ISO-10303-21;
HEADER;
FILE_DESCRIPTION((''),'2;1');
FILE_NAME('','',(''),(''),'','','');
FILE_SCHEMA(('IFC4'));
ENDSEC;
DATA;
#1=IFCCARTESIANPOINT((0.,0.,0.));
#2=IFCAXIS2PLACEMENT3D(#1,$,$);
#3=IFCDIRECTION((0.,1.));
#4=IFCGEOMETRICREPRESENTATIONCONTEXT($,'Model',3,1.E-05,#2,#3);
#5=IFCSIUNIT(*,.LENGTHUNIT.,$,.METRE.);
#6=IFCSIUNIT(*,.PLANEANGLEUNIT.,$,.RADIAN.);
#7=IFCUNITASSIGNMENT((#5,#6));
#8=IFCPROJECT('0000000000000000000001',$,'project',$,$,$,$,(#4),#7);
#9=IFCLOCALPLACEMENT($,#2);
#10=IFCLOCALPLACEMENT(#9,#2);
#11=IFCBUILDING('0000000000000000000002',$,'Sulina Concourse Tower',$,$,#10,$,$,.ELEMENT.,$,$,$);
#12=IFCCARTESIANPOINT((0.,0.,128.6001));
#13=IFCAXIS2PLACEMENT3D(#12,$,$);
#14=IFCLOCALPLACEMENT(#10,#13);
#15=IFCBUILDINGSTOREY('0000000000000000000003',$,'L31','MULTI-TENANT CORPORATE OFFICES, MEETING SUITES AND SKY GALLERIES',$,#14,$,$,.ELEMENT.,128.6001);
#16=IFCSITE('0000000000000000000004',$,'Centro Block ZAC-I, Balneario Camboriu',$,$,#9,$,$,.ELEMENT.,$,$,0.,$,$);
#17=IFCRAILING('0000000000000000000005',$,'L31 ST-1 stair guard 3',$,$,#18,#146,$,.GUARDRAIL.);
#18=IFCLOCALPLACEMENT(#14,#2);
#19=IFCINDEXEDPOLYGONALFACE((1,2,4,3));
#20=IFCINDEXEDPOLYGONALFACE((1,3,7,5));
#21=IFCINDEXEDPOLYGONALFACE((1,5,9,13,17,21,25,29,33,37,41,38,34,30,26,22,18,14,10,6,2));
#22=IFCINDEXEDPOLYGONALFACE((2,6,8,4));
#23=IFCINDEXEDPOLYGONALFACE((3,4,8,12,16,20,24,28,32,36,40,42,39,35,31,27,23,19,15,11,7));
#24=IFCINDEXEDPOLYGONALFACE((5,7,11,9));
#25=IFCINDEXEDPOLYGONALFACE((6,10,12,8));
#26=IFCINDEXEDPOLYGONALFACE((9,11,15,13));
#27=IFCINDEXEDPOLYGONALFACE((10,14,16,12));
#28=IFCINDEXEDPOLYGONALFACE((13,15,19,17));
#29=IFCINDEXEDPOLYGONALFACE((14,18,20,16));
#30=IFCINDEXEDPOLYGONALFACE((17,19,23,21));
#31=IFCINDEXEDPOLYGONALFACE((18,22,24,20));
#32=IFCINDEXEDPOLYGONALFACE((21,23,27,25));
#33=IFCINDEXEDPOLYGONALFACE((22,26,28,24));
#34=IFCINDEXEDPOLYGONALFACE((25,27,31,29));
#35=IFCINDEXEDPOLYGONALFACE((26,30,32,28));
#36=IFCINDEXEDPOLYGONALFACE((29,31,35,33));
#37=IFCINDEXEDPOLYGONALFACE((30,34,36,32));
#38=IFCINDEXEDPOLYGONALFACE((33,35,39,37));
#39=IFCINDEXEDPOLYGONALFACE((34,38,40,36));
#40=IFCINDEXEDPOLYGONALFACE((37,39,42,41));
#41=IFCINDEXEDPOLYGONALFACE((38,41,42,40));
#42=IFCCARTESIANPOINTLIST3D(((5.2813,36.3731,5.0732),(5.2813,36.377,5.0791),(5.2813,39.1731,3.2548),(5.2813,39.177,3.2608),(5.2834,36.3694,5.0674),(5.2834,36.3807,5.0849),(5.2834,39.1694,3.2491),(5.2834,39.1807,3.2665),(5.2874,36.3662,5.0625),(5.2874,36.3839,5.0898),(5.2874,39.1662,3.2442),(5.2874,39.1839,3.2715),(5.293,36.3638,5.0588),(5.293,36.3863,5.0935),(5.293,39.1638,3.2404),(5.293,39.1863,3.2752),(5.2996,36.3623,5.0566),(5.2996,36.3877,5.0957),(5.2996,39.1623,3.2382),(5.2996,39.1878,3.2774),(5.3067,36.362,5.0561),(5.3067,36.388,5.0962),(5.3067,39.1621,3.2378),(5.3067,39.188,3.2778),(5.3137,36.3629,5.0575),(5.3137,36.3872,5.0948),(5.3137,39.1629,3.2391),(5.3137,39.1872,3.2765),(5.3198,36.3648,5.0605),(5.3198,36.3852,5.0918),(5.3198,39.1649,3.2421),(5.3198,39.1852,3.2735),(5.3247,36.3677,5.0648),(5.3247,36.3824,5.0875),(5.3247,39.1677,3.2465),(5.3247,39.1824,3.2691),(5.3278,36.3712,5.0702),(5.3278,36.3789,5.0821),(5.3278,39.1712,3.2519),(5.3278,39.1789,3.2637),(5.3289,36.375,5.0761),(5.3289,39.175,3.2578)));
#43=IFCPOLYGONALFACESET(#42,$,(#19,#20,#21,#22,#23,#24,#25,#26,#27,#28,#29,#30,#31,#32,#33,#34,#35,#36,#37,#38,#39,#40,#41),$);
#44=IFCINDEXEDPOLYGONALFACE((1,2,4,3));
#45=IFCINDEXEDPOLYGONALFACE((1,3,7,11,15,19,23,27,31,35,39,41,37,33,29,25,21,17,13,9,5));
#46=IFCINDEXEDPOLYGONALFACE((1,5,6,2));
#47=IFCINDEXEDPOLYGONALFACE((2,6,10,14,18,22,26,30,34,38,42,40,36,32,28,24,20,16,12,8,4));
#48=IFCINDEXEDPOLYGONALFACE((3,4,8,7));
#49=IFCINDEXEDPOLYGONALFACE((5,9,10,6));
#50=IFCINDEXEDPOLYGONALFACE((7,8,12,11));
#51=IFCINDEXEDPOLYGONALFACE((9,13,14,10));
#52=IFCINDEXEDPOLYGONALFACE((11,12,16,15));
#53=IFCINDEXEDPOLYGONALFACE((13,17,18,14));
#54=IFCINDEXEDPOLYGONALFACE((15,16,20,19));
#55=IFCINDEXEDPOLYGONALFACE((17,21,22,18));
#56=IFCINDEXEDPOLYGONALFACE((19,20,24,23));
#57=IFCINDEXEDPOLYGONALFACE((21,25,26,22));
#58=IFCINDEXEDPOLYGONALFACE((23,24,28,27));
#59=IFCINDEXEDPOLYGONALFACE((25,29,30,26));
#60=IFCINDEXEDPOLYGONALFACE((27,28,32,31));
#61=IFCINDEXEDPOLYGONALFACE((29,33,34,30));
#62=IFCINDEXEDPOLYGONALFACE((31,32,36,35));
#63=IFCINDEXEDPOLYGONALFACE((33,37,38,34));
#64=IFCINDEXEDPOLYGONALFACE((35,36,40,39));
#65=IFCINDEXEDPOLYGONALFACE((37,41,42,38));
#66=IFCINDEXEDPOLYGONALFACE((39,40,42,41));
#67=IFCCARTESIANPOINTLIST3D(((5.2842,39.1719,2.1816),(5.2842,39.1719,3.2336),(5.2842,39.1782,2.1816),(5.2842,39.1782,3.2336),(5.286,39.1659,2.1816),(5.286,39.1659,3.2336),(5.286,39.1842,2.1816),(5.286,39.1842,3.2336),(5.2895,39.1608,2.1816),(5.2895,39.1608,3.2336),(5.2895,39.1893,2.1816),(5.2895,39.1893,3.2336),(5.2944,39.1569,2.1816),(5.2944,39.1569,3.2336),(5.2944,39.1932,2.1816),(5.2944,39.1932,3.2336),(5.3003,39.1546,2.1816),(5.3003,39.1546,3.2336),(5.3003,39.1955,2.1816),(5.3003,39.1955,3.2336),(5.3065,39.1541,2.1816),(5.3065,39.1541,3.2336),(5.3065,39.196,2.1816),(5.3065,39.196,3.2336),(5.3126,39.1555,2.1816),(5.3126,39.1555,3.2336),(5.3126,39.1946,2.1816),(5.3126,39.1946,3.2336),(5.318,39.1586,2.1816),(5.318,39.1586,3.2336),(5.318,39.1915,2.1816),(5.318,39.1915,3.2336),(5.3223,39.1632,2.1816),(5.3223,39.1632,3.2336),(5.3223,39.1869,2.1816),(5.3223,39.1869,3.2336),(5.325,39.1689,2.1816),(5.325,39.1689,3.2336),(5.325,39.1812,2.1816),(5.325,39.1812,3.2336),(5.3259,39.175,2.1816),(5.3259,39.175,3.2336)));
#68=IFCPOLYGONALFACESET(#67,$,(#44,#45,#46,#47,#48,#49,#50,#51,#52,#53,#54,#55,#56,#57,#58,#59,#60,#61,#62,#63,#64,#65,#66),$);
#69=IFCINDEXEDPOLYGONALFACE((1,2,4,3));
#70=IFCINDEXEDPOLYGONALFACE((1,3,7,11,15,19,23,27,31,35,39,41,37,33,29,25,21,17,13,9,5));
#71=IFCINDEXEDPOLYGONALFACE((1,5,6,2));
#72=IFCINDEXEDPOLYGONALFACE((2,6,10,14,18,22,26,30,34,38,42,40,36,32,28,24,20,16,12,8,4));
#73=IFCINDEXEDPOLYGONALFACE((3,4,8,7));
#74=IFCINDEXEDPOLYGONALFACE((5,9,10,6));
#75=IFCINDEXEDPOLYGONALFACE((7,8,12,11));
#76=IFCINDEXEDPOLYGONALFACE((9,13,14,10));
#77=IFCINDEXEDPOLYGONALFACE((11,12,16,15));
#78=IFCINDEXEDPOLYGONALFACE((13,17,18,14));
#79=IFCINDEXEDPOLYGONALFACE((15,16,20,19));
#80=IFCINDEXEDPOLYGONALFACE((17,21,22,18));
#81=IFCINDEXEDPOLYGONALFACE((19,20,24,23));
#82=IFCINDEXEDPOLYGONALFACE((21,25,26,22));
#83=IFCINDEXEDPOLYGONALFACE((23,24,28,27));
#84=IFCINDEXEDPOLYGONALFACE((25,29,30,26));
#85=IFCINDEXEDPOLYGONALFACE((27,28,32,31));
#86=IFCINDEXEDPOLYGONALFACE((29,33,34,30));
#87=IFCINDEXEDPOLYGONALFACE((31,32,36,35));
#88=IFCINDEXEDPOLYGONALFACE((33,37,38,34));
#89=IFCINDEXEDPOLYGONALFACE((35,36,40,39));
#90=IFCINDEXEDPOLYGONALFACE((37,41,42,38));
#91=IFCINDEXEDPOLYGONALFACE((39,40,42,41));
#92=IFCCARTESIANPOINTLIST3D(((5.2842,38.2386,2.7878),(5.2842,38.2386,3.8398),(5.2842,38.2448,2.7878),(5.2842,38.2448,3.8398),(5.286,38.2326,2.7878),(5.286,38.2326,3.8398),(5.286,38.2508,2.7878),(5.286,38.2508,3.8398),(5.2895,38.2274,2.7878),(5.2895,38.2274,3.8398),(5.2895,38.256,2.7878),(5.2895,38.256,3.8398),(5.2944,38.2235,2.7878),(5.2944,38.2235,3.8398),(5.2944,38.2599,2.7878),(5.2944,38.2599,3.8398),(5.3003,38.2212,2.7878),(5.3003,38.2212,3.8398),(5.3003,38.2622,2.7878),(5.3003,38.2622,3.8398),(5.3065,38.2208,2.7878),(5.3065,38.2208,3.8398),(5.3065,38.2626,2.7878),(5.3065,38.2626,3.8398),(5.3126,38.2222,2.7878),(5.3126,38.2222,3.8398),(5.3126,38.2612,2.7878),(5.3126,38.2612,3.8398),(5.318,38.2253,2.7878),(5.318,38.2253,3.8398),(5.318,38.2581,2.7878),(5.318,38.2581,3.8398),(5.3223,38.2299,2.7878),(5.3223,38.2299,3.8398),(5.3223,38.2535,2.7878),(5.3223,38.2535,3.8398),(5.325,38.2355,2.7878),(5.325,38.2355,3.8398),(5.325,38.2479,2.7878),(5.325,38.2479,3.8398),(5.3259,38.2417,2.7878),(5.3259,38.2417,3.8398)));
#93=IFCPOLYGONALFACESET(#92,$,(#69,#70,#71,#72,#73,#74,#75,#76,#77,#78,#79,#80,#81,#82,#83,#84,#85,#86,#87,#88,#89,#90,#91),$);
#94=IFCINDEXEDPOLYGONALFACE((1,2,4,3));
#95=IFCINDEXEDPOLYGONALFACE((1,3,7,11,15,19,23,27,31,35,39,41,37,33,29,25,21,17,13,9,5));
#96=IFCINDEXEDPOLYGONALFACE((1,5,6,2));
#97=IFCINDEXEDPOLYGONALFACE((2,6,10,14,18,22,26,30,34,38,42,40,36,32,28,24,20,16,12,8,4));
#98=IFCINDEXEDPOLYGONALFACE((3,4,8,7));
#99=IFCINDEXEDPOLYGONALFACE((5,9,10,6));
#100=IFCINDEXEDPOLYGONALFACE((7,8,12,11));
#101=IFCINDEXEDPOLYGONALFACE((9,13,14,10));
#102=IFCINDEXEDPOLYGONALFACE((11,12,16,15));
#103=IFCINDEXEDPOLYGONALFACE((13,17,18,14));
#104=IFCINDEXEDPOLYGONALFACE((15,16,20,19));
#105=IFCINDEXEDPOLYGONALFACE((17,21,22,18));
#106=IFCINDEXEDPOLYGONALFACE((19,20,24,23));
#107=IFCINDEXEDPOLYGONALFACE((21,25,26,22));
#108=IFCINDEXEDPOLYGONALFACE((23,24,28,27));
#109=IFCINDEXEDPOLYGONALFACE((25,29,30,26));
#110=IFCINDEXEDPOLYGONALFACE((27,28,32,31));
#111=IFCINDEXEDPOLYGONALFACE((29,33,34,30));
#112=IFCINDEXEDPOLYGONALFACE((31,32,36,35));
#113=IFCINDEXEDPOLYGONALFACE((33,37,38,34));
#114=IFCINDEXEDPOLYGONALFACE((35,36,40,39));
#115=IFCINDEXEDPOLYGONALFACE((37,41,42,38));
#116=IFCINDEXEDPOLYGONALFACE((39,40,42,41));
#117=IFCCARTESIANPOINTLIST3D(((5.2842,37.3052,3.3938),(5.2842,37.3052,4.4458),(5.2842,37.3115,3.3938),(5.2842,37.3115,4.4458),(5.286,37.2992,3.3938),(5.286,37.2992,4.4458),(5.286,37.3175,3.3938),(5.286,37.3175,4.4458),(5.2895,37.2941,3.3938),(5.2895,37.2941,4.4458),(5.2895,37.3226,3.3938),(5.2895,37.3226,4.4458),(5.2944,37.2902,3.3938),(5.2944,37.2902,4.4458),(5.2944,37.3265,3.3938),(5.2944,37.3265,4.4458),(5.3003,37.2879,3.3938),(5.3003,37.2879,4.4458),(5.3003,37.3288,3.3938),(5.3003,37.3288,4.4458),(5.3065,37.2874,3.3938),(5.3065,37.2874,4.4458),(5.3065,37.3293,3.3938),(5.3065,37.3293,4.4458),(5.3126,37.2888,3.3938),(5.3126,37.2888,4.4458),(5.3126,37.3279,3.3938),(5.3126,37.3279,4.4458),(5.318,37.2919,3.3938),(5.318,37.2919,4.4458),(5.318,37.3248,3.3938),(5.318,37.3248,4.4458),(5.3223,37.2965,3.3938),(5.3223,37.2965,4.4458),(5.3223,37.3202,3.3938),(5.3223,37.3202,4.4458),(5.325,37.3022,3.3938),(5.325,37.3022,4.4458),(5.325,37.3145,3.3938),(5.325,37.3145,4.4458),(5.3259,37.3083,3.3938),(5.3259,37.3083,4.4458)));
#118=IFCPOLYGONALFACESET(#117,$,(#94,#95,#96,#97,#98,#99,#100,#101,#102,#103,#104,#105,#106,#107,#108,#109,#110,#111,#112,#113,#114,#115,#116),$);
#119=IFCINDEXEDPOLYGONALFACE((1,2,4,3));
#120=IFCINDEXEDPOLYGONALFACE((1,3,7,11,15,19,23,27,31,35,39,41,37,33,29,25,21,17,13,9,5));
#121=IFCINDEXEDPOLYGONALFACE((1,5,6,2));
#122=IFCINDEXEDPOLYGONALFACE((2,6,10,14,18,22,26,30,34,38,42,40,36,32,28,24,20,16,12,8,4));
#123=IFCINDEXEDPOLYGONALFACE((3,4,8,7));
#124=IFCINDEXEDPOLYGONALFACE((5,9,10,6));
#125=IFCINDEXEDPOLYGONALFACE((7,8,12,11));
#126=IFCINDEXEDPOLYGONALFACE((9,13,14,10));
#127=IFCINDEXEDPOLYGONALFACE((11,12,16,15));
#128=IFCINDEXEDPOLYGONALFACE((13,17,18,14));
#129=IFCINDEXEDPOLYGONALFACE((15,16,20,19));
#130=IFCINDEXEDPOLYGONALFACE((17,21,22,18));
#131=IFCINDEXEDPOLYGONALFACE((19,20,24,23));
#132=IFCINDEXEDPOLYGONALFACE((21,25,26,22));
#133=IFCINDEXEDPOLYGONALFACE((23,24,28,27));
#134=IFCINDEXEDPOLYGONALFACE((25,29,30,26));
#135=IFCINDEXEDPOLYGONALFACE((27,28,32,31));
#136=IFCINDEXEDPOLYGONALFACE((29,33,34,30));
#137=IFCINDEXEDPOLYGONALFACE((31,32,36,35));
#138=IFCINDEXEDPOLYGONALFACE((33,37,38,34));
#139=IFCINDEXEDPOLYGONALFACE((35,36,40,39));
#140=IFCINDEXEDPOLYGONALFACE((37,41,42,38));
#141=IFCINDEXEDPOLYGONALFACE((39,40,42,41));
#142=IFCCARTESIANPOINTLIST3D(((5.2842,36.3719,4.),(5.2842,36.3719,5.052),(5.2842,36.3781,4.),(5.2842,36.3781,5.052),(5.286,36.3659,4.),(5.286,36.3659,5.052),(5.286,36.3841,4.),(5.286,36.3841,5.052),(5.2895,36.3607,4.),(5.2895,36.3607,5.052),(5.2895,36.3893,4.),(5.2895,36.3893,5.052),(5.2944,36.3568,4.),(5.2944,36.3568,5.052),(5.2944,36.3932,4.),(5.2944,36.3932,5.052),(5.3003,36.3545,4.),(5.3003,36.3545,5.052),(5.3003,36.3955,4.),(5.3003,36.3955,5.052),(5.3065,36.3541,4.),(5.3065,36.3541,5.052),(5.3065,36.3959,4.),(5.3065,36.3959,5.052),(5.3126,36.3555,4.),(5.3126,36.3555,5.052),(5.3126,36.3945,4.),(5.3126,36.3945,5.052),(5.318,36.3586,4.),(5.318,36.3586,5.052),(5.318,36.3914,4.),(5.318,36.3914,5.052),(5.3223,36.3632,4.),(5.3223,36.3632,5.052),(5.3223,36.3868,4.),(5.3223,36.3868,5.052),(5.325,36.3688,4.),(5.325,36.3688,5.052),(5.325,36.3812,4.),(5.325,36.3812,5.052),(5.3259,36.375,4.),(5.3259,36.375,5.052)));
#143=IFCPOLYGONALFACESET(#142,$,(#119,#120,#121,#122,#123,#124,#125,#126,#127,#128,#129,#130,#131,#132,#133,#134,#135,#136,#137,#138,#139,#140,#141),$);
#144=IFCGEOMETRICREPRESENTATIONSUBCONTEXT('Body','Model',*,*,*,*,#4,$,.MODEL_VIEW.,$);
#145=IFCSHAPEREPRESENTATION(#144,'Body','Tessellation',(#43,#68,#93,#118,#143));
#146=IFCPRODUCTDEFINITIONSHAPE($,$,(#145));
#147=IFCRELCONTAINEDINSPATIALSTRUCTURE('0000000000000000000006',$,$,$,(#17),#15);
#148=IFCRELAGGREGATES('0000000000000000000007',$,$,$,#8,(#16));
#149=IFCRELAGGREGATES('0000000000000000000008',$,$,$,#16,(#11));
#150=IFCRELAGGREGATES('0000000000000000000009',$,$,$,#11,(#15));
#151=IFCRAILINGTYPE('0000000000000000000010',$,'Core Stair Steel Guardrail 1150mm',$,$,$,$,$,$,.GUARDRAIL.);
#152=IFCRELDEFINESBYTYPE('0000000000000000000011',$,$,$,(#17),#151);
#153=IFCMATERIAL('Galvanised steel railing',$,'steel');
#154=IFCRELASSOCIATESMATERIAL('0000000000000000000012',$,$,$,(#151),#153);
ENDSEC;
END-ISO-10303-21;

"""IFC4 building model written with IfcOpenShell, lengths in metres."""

from ifc_helpers import new_model, si_unit, direction, frame, origin, origin_2d, place, context, subcontext, project, spatial, circle, extrude, material, type_object, element, save


model = new_model("IFC4")

# Units and contexts
model_context = context("Model", 3, precision=1e-05, world=origin(), true_north=direction((0.0, 1.0)))
body_context = subcontext(model_context, "Body", "Model", "MODEL_VIEW")
ifc_project = project(units=[si_unit("LENGTHUNIT", "METRE"), si_unit("PLANEANGLEUNIT", "RADIAN")], contexts=[model_context])

# Site, building, storey
site_placement = place(None, origin())
site = spatial("IfcSite", under=ifc_project, at=site_placement, Name="Centro Block ZAC-I, Balneario Camboriu", CompositionType="ELEMENT", RefElevation=0.0)
building_placement = place(site_placement, origin())
building = spatial("IfcBuilding", under=site, at=building_placement, Name="Sulina Concourse Tower", CompositionType="ELEMENT")
storey_placement = place(building_placement, frame((0.0, 0.0, 128.6001)))
storey = spatial("IfcBuildingStorey", under=building, at=storey_placement, Name="L31", Description="MULTI-TENANT CORPORATE OFFICES, MEETING SUITES AND SKY GALLERIES", CompositionType="ELEMENT", Elevation=128.6001)

# Railing
ifc_material_1 = material(Name="Galvanised steel railing", Category="steel")
railing_type_1 = type_object("IfcRailingType", Name="Core Stair Steel Guardrail 1150mm", PredefinedType="GUARDRAIL", material=ifc_material_1)
railing_1_placement = place(storey_placement, frame((5.3049, 39.175, 2.1816)))
element("IfcRailing", 1, at=railing_1_placement, inside=storey, type_object=railing_type_1, Name="L31 ST-1 stair guard 3", PredefinedType="GUARDRAIL", context=body_context, shape_type="SweptSolid", body=[
    extrude(circle(Radius=0.0239, at=origin_2d()), frame((0.0, 0.0, 1.0762), z_axis=(0.0, -0.838672, 0.544636), x_axis=(1.0, 0.0, 0.0)), (0.0, 0.0, 1.0), 3.3386),
    extrude(circle(Radius=0.021, at=origin_2d()), origin(), (0.0, 0.0, 1.0), 1.052),
    extrude(circle(Radius=0.021, at=origin_2d()), frame((0.0, -0.9333, 0.6062)), (0.0, 0.0, 1.0), 1.052),
    extrude(circle(Radius=0.021, at=origin_2d()), frame((0.0, -1.8667, 1.2122)), (0.0, 0.0, 1.0), 1.052),
    extrude(circle(Radius=0.021, at=origin_2d()), frame((0.0, -2.8, 1.8184)), (0.0, 0.0, 1.0), 1.052),
])

save(model, "model.ifc")
